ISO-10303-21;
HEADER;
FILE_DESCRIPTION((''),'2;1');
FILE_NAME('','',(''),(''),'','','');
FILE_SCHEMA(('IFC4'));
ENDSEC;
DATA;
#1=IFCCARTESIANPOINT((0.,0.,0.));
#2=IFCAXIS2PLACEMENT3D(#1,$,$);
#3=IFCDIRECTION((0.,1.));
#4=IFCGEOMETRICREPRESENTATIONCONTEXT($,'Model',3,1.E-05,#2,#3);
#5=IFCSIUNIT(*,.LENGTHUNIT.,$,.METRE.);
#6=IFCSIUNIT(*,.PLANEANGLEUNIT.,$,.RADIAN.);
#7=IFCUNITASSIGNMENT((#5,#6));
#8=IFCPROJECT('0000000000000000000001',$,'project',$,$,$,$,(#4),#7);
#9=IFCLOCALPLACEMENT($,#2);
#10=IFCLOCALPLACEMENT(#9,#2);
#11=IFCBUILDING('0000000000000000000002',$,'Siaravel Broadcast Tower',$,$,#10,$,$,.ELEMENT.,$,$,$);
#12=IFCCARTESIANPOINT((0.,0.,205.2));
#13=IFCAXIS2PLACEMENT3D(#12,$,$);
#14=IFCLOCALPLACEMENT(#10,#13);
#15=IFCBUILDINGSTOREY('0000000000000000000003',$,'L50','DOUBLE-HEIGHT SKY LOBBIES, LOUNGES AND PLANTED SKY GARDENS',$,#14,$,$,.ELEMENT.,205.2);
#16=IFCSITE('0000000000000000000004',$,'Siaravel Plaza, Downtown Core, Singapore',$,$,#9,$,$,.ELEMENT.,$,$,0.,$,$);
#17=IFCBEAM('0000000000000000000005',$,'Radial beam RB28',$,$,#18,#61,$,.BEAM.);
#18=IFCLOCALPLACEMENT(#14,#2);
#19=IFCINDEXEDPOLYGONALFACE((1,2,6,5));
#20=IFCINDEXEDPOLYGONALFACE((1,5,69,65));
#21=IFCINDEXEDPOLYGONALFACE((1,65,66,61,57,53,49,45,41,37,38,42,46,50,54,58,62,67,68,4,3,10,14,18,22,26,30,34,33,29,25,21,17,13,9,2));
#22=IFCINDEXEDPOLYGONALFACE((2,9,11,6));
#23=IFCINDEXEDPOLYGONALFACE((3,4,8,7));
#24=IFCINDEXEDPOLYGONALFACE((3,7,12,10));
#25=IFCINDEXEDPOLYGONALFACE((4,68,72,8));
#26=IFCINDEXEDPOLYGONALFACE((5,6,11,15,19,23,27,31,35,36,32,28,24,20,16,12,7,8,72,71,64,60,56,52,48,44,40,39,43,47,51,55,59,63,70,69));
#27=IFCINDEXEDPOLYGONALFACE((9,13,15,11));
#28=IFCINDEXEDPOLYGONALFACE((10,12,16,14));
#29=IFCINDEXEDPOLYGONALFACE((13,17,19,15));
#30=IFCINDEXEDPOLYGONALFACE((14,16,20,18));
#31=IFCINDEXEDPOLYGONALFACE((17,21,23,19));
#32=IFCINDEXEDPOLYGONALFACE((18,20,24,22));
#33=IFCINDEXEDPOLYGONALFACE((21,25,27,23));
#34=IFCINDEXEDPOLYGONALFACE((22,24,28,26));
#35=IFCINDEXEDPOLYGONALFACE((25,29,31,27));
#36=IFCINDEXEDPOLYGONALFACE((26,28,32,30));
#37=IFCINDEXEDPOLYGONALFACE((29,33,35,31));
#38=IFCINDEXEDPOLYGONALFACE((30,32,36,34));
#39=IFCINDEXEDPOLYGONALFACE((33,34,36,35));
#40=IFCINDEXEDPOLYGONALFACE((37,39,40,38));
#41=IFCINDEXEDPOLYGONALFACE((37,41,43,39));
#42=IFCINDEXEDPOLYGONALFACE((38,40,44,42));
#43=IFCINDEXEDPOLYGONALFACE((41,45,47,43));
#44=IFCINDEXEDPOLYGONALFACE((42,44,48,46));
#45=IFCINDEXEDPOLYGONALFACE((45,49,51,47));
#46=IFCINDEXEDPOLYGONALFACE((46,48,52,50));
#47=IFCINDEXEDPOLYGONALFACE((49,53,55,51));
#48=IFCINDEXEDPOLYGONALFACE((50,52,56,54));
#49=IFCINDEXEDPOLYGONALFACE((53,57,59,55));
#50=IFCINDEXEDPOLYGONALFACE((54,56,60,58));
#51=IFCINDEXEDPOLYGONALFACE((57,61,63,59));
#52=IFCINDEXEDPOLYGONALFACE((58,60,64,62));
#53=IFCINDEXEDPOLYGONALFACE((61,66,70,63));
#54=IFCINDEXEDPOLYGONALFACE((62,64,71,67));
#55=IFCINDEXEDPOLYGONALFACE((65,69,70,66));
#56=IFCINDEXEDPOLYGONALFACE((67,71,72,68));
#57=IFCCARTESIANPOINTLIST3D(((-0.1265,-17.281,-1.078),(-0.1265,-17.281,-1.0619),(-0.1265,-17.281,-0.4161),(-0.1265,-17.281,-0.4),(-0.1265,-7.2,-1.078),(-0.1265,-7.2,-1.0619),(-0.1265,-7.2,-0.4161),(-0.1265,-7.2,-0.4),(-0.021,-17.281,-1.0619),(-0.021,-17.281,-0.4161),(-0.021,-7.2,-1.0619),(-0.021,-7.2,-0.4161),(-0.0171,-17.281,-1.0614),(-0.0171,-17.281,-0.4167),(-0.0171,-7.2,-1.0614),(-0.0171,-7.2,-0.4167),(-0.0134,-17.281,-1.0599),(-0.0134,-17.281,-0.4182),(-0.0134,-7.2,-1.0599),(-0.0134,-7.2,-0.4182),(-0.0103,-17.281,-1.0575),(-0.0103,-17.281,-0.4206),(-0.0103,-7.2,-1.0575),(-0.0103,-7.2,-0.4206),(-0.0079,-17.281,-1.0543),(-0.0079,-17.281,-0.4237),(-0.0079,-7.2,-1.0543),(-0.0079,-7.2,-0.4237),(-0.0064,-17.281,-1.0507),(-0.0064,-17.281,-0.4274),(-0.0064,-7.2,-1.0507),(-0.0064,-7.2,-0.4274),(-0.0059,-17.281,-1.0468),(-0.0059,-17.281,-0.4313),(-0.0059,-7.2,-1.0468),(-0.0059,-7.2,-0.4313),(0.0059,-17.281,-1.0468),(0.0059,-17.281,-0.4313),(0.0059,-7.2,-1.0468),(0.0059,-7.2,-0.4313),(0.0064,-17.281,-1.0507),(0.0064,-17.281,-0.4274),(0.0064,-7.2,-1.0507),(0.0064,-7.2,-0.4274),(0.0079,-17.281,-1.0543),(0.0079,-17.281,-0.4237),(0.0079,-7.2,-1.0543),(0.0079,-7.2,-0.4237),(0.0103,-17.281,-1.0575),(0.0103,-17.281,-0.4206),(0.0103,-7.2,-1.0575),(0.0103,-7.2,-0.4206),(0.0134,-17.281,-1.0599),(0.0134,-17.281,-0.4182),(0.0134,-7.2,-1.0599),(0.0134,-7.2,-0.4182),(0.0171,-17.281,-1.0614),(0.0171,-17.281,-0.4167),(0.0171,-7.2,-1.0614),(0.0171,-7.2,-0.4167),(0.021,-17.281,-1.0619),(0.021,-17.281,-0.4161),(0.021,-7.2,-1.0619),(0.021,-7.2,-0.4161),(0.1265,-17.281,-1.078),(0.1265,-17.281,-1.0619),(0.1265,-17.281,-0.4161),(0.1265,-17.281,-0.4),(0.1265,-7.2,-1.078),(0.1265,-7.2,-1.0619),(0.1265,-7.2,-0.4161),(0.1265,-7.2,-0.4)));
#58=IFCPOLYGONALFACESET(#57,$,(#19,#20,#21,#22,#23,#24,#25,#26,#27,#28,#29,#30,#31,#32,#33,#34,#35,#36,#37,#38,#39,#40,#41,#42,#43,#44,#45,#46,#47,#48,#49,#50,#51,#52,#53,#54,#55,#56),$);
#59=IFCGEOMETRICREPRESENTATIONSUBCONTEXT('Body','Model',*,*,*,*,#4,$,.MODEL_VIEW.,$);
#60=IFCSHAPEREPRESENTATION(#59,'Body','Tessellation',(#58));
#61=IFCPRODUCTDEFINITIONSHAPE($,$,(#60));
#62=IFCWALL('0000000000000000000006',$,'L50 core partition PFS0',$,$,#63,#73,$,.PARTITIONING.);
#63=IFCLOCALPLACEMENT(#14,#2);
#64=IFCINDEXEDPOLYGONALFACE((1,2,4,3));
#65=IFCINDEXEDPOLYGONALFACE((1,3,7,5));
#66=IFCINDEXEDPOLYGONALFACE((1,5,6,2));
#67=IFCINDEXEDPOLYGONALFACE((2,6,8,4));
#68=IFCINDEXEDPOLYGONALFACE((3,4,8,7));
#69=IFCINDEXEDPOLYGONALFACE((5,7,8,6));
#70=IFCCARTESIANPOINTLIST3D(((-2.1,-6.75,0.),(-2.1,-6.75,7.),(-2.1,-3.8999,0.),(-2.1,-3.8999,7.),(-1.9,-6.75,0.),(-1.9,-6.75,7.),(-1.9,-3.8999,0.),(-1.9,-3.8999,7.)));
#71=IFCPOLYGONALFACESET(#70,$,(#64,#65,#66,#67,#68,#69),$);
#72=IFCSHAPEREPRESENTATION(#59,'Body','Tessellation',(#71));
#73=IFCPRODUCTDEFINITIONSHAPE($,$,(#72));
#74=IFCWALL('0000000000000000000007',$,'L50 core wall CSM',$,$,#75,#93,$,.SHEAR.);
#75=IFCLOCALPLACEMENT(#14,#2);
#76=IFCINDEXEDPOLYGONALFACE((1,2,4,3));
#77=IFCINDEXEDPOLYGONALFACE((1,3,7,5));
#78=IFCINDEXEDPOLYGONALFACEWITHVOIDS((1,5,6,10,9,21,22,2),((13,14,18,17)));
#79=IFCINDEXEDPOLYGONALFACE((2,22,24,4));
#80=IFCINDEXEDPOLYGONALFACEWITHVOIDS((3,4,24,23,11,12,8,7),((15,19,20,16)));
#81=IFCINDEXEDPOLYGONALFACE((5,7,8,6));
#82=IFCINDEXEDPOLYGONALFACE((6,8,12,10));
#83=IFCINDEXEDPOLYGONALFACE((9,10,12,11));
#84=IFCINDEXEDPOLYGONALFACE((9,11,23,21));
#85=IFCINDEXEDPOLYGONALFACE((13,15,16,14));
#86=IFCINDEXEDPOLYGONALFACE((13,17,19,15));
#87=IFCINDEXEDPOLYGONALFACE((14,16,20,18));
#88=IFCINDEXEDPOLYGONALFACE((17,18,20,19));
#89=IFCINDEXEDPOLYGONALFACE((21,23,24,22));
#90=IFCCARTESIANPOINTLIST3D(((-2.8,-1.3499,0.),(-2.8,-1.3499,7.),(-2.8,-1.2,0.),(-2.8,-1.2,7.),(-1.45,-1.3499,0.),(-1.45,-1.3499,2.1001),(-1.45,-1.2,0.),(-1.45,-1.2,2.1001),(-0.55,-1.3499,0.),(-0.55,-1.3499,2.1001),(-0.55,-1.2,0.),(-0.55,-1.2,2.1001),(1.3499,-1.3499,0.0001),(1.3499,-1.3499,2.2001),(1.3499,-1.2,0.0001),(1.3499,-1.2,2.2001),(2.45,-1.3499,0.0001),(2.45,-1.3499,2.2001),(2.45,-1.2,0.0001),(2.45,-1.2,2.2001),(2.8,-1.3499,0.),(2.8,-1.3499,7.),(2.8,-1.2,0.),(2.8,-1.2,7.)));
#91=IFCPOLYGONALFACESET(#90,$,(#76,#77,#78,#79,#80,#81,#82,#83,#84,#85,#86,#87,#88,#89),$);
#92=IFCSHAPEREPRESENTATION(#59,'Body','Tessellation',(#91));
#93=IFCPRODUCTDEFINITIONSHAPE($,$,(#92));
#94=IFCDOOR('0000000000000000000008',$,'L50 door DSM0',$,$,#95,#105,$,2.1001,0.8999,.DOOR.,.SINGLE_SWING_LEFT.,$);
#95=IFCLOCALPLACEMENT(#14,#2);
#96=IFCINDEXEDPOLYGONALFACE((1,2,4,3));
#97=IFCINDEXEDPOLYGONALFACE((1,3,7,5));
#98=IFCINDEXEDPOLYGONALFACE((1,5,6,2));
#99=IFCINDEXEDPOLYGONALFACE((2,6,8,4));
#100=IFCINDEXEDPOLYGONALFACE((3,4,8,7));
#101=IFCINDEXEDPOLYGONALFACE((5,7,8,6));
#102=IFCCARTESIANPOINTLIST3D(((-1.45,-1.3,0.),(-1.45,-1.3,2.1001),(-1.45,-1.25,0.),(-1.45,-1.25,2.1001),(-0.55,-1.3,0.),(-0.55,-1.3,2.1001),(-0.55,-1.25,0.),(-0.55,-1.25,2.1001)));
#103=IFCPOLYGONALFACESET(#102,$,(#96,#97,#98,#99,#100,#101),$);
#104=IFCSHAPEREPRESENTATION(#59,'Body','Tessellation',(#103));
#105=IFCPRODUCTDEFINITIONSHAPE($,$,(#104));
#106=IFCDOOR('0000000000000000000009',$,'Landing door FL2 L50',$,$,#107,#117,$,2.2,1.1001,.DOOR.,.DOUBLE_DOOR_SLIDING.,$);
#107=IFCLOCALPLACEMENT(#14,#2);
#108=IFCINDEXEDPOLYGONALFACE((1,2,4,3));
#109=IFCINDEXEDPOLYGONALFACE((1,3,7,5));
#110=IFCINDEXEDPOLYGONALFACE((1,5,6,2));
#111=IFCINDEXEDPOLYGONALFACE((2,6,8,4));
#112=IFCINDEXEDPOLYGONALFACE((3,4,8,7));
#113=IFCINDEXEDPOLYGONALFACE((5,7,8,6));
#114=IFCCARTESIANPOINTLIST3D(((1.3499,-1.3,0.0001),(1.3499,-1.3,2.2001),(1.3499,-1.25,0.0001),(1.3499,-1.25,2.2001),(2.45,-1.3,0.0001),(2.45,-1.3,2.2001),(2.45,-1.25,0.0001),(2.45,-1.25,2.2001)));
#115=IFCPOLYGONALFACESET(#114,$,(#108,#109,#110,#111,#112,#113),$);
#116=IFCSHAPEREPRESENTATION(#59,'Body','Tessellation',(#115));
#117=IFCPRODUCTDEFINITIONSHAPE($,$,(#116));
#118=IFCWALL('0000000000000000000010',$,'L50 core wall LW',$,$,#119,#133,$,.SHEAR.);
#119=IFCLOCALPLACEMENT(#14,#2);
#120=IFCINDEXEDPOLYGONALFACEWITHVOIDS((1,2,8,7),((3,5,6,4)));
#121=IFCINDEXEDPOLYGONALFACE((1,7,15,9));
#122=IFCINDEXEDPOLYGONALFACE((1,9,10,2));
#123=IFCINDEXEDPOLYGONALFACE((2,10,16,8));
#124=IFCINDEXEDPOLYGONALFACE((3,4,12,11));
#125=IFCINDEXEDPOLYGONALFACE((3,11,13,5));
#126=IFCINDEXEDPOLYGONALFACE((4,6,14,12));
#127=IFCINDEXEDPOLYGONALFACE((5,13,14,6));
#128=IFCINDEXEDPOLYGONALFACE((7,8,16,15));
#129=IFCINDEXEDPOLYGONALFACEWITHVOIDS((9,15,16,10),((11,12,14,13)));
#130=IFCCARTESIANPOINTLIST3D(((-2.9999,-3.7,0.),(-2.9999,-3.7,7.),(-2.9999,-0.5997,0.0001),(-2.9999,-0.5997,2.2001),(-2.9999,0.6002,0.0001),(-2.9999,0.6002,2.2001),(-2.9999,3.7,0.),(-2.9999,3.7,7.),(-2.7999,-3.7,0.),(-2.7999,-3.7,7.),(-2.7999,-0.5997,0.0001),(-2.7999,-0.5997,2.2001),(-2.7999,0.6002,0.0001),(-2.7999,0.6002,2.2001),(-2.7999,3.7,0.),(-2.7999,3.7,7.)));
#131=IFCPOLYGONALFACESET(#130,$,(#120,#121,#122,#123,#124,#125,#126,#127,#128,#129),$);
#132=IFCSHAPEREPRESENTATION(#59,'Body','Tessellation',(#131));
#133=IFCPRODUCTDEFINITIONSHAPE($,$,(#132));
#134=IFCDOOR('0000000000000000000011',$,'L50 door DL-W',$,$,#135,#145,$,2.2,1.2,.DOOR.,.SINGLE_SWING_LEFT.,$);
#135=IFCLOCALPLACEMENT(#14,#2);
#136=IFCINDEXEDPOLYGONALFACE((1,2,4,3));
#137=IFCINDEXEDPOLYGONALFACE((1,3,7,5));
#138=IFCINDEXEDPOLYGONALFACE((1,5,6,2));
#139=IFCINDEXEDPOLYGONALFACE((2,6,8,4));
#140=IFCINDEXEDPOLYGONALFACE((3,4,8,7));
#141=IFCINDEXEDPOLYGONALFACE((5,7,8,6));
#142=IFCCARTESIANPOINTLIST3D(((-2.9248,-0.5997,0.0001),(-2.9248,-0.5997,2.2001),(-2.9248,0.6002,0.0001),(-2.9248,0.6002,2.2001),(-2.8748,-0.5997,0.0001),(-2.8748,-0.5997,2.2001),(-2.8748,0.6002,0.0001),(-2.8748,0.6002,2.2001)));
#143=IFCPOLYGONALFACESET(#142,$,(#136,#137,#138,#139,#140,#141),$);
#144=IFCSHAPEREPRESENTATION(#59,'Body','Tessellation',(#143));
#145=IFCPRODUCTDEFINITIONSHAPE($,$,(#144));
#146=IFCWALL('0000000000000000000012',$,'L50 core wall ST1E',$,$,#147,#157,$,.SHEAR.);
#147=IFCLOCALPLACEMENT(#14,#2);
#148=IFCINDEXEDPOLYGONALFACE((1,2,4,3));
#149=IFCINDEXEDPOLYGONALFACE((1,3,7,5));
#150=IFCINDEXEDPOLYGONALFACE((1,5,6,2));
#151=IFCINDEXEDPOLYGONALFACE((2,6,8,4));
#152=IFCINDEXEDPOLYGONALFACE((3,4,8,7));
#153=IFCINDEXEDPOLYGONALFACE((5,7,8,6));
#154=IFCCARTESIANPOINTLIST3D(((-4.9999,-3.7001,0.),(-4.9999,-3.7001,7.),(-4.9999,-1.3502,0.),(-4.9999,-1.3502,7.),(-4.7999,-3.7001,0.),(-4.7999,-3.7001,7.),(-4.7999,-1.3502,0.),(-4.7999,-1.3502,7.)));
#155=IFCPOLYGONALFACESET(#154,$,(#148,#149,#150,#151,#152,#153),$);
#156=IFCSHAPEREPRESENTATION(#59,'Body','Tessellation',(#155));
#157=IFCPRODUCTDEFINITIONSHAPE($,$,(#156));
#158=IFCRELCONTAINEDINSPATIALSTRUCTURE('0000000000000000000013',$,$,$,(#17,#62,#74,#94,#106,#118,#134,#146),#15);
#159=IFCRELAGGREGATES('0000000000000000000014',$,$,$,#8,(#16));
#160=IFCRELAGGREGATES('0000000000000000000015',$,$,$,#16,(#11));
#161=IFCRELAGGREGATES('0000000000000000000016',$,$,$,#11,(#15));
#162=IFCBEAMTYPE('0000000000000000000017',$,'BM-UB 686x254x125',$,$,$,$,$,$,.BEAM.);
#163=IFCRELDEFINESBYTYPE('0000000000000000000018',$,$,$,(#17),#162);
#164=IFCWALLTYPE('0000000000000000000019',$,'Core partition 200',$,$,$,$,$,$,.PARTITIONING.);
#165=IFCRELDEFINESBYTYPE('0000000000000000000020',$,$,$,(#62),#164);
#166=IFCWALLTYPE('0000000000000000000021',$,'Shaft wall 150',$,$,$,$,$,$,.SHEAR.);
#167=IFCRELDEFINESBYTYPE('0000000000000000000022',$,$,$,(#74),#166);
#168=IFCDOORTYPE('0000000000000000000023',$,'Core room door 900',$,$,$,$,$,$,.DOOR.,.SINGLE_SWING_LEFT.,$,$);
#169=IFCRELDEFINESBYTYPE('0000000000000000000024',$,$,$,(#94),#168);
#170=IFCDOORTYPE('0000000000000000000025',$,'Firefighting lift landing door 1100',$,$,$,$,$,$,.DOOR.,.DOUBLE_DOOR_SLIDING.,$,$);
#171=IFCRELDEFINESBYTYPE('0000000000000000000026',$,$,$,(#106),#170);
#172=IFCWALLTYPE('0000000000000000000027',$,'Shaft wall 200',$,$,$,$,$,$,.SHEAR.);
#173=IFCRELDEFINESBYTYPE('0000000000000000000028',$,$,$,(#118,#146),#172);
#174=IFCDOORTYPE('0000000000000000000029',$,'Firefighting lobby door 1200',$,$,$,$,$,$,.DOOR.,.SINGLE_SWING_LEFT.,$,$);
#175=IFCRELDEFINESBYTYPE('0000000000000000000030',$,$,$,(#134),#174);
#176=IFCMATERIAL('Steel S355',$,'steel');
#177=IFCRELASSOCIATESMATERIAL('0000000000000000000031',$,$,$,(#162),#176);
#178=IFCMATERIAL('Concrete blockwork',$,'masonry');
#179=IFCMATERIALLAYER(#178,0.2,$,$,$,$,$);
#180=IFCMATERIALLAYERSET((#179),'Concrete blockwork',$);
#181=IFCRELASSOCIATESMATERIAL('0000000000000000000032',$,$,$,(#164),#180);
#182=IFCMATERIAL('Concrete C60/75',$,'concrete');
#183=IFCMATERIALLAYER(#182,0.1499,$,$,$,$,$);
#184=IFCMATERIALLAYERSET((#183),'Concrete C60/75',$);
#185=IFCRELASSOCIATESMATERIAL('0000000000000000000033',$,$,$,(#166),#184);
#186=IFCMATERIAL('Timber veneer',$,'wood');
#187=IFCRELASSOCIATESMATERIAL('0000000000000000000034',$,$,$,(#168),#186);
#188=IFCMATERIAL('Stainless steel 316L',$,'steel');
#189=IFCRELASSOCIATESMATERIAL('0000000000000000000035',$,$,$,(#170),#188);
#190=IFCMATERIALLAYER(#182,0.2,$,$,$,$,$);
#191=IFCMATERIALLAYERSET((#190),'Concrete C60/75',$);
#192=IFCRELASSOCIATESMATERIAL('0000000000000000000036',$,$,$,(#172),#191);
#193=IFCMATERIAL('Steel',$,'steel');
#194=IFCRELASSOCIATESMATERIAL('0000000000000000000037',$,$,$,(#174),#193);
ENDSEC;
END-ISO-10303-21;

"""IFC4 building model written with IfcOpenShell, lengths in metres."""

from ifc_helpers import new_model, si_unit, direction, frame, frame_2d, origin, origin_2d, place, context, subcontext, project, spatial, rectangle, i_section, extrude, material, layer, layer_set, material_profile, profile_set, type_object, element, fill, save


model = new_model("IFC4")

# Units and contexts
model_context = context("Model", 3, precision=1e-05, world=origin(), true_north=direction((0.0, 1.0)))
body_context = subcontext(model_context, "Body", "Model", "MODEL_VIEW")
ifc_project = project(units=[si_unit("LENGTHUNIT", "METRE"), si_unit("PLANEANGLEUNIT", "RADIAN")], contexts=[model_context])

# Site, building, storey
site_placement = place(None, origin())
site = spatial("IfcSite", under=ifc_project, at=site_placement, Name="Siaravel Plaza, Downtown Core, Singapore", CompositionType="ELEMENT", RefElevation=0.0)
building_placement = place(site_placement, origin())
building = spatial("IfcBuilding", under=site, at=building_placement, Name="Siaravel Broadcast Tower", CompositionType="ELEMENT")
storey_placement = place(building_placement, frame((0.0, 0.0, 205.2)))
storey = spatial("IfcBuildingStorey", under=building, at=storey_placement, Name="L50", Description="DOUBLE-HEIGHT SKY LOBBIES, LOUNGES AND PLANTED SKY GARDENS", CompositionType="ELEMENT", Elevation=205.2)

# Shared definitions
ifc_material_1 = material(Name="Concrete C60/75", Category="concrete")

# Beam
ifc_material_2 = material(Name="Steel S355", Category="steel")
ifc_material_profile_1 = material_profile(ifc_material_2, i_section(OverallWidth=0.2529, OverallDepth=0.678, WebThickness=0.0117, FlangeThickness=0.0161, FilletRadius=0.0151, at=origin_2d()))
ifc_profile_set_1 = profile_set([ifc_material_profile_1], Name="Steel S355")
beam_type = type_object("IfcBeamType", Name="BM-UB 686x254x125", PredefinedType="BEAM", material=ifc_profile_set_1)
beam_1_placement = place(storey_placement, frame((0.0, -17.281, -0.739), z_axis=(0.0, 1.0, 0.0), x_axis=(-1.0, 0.0, 0.0)))
element("IfcBeam", 1, at=beam_1_placement, inside=storey, type_object=beam_type, Name="Radial beam RB28", PredefinedType="BEAM", context=body_context, shape_type="SweptSolid", body=[
    extrude(i_section(OverallWidth=0.2529, OverallDepth=0.678, WebThickness=0.0117, FlangeThickness=0.0161, FilletRadius=0.0151, at=origin_2d()), origin(), (0.0, 0.0, 1.0), 10.0811),
])

# Wall
ifc_material_3 = material(Name="Concrete blockwork", Category="masonry")
ifc_layer_1 = layer(ifc_material_3, 0.2)
ifc_layer_set_1 = layer_set([ifc_layer_1], Name="Concrete blockwork")
wall_type_1 = type_object("IfcWallType", Name="Core partition 200", PredefinedType="PARTITIONING", material=ifc_layer_set_1)
wall_1_placement = place(storey_placement, frame((-2.0, -6.75, 0.0), z_axis=(0.0, 0.0, 1.0), x_axis=(0.0, 1.0, 0.0)))
element("IfcWall", 2, at=wall_1_placement, inside=storey, type_object=wall_type_1, Name="L50 core partition PFS0", PredefinedType="PARTITIONING", context=body_context, shape_type="SweptSolid", body=[
    extrude(rectangle(XDim=2.8501, YDim=0.2, at=frame_2d((1.425, 0.0))), origin(), (0.0, 0.0, 1.0), 7.0),
])

# Wall, openings, doors
ifc_layer_2 = layer(ifc_material_1, 0.1499)
ifc_layer_set_2 = layer_set([ifc_layer_2], Name="Concrete C60/75")
wall_type_2 = type_object("IfcWallType", Name="Shaft wall 150", PredefinedType="SHEAR", material=ifc_layer_set_2)
wall_2_placement = place(storey_placement, frame((-2.8, -1.2749, 0.0), z_axis=(0.0, 0.0, 1.0), x_axis=(1.0, 0.0, 0.0)))
wall_2 = element("IfcWall", 3, at=wall_2_placement, inside=storey, type_object=wall_type_2, Name="L50 core wall CSM", PredefinedType="SHEAR", context=body_context, shape_type="SweptSolid", body=[
    extrude(rectangle(XDim=5.6001, YDim=0.1499, at=frame_2d((2.8, 0.0))), origin(), (0.0, 0.0, 1.0), 7.0),
])
opening_1_placement = place(wall_2_placement, frame((4.1499, 0.0, 0.0)))
opening_1 = element("IfcOpeningElement", 4, at=opening_1_placement, cuts=wall_2, PredefinedType="OPENING", context=body_context, shape_type="SweptSolid", body=[
    extrude(rectangle(XDim=1.1001, YDim=2.2, at=frame_2d((0.55, 1.1001))), frame((0.0, 0.085, 0.0), z_axis=(0.0, -1.0, 0.0), x_axis=(1.0, 0.0, 0.0)), (0.0, 0.0, 1.0), 0.1699),
])
opening_2_placement = place(wall_2_placement, frame((1.3501, 0.0, 0.0)))
opening_2 = element("IfcOpeningElement", 5, at=opening_2_placement, cuts=wall_2, PredefinedType="OPENING", context=body_context, shape_type="SweptSolid", body=[
    extrude(rectangle(XDim=0.8999, YDim=2.1001, at=frame_2d((0.45, 1.05))), frame((0.0, 0.085, 0.0), z_axis=(0.0, -1.0, 0.0), x_axis=(1.0, 0.0, 0.0)), (0.0, 0.0, 1.0), 0.1699),
])
ifc_material_4 = material(Name="Timber veneer", Category="wood")
door_type_1 = type_object("IfcDoorType", Name="Core room door 900", OperationType="SINGLE_SWING_LEFT", PredefinedType="DOOR", material=ifc_material_4)
door_1_placement = place(opening_2_placement, origin())
door_1 = element("IfcDoor", 6, at=door_1_placement, inside=storey, type_object=door_type_1, Name="L50 door DSM0", OperationType="SINGLE_SWING_LEFT", OverallHeight=2.1001, OverallWidth=0.8999, PredefinedType="DOOR", context=body_context, shape_type="SweptSolid", body=[
    extrude(rectangle(XDim=0.8999, YDim=2.1001, at=frame_2d((0.45, 1.05))), frame((0.0, 0.0249, 0.0), z_axis=(0.0, -1.0, 0.0), x_axis=(1.0, 0.0, 0.0)), (0.0, 0.0, 1.0), 0.05),
])
fill(opening_2, door_1)
ifc_material_5 = material(Name="Stainless steel 316L", Category="steel")
door_type_2 = type_object("IfcDoorType", Name="Firefighting lift landing door 1100", OperationType="DOUBLE_DOOR_SLIDING", PredefinedType="DOOR", material=ifc_material_5)
door_2_placement = place(opening_1_placement, origin())
door_2 = element("IfcDoor", 7, at=door_2_placement, inside=storey, type_object=door_type_2, Name="Landing door FL2 L50", OperationType="DOUBLE_DOOR_SLIDING", OverallHeight=2.2, OverallWidth=1.1001, PredefinedType="DOOR", context=body_context, shape_type="SweptSolid", body=[
    extrude(rectangle(XDim=1.1001, YDim=2.2, at=frame_2d((0.55, 1.1001))), frame((0.0, 0.0249, 0.0), z_axis=(0.0, -1.0, 0.0), x_axis=(1.0, 0.0, 0.0)), (0.0, 0.0, 1.0), 0.05),
])
fill(opening_1, door_2)

# Wall, opening, door
ifc_layer_3 = layer(ifc_material_1, 0.2)
ifc_layer_set_3 = layer_set([ifc_layer_3], Name="Concrete C60/75")
wall_type_3 = type_object("IfcWallType", Name="Shaft wall 200", PredefinedType="SHEAR", material=ifc_layer_set_3)
wall_3_placement = place(storey_placement, frame((-2.8999, -3.7, 0.0), z_axis=(0.0, 0.0, 1.0), x_axis=(0.0, 1.0, 0.0)))
wall_3 = element("IfcWall", 8, at=wall_3_placement, inside=storey, type_object=wall_type_3, Name="L50 core wall LW", PredefinedType="SHEAR", context=body_context, shape_type="SweptSolid", body=[
    extrude(rectangle(XDim=7.3999, YDim=0.2, at=frame_2d((3.7, 0.0))), origin(), (0.0, 0.0, 1.0), 7.0),
])
opening_3_placement = place(wall_3_placement, frame((3.1001, 0.0, 0.0)))
opening_3 = element("IfcOpeningElement", 9, at=opening_3_placement, cuts=wall_3, PredefinedType="OPENING", context=body_context, shape_type="SweptSolid", body=[
    extrude(rectangle(XDim=1.2, YDim=2.2, at=frame_2d((0.6001, 1.1001))), frame((0.0, 0.1099, 0.0), z_axis=(0.0, -1.0, 0.0), x_axis=(1.0, 0.0, 0.0)), (0.0, 0.0, 1.0), 0.22),
])
ifc_material_6 = material(Name="Steel", Category="steel")
door_type_3 = type_object("IfcDoorType", Name="Firefighting lobby door 1200", OperationType="SINGLE_SWING_LEFT", PredefinedType="DOOR", material=ifc_material_6)
door_3_placement = place(opening_3_placement, origin())
door_3 = element("IfcDoor", 10, at=door_3_placement, inside=storey, type_object=door_type_3, Name="L50 door DL-W", OperationType="SINGLE_SWING_LEFT", OverallHeight=2.2, OverallWidth=1.2, PredefinedType="DOOR", context=body_context, shape_type="SweptSolid", body=[
    extrude(rectangle(XDim=1.2, YDim=2.2, at=frame_2d((0.6001, 1.1001))), frame((0.0, 0.0249, 0.0), z_axis=(0.0, -1.0, 0.0), x_axis=(1.0, 0.0, 0.0)), (0.0, 0.0, 1.0), 0.05),
])
fill(opening_3, door_3)

# Wall
wall_4_placement = place(storey_placement, frame((-4.8999, -3.7, 0.0), z_axis=(0.0, 0.0, 1.0), x_axis=(0.0, 1.0, 0.0)))
element("IfcWall", 11, at=wall_4_placement, inside=storey, type_object=wall_type_3, Name="L50 core wall ST1E", PredefinedType="SHEAR", context=body_context, shape_type="SweptSolid", body=[
    extrude(rectangle(XDim=2.3499, YDim=0.2, at=frame_2d((1.1748, 0.0))), origin(), (0.0, 0.0, 1.0), 7.0),
])

save(model, "model.ifc")
